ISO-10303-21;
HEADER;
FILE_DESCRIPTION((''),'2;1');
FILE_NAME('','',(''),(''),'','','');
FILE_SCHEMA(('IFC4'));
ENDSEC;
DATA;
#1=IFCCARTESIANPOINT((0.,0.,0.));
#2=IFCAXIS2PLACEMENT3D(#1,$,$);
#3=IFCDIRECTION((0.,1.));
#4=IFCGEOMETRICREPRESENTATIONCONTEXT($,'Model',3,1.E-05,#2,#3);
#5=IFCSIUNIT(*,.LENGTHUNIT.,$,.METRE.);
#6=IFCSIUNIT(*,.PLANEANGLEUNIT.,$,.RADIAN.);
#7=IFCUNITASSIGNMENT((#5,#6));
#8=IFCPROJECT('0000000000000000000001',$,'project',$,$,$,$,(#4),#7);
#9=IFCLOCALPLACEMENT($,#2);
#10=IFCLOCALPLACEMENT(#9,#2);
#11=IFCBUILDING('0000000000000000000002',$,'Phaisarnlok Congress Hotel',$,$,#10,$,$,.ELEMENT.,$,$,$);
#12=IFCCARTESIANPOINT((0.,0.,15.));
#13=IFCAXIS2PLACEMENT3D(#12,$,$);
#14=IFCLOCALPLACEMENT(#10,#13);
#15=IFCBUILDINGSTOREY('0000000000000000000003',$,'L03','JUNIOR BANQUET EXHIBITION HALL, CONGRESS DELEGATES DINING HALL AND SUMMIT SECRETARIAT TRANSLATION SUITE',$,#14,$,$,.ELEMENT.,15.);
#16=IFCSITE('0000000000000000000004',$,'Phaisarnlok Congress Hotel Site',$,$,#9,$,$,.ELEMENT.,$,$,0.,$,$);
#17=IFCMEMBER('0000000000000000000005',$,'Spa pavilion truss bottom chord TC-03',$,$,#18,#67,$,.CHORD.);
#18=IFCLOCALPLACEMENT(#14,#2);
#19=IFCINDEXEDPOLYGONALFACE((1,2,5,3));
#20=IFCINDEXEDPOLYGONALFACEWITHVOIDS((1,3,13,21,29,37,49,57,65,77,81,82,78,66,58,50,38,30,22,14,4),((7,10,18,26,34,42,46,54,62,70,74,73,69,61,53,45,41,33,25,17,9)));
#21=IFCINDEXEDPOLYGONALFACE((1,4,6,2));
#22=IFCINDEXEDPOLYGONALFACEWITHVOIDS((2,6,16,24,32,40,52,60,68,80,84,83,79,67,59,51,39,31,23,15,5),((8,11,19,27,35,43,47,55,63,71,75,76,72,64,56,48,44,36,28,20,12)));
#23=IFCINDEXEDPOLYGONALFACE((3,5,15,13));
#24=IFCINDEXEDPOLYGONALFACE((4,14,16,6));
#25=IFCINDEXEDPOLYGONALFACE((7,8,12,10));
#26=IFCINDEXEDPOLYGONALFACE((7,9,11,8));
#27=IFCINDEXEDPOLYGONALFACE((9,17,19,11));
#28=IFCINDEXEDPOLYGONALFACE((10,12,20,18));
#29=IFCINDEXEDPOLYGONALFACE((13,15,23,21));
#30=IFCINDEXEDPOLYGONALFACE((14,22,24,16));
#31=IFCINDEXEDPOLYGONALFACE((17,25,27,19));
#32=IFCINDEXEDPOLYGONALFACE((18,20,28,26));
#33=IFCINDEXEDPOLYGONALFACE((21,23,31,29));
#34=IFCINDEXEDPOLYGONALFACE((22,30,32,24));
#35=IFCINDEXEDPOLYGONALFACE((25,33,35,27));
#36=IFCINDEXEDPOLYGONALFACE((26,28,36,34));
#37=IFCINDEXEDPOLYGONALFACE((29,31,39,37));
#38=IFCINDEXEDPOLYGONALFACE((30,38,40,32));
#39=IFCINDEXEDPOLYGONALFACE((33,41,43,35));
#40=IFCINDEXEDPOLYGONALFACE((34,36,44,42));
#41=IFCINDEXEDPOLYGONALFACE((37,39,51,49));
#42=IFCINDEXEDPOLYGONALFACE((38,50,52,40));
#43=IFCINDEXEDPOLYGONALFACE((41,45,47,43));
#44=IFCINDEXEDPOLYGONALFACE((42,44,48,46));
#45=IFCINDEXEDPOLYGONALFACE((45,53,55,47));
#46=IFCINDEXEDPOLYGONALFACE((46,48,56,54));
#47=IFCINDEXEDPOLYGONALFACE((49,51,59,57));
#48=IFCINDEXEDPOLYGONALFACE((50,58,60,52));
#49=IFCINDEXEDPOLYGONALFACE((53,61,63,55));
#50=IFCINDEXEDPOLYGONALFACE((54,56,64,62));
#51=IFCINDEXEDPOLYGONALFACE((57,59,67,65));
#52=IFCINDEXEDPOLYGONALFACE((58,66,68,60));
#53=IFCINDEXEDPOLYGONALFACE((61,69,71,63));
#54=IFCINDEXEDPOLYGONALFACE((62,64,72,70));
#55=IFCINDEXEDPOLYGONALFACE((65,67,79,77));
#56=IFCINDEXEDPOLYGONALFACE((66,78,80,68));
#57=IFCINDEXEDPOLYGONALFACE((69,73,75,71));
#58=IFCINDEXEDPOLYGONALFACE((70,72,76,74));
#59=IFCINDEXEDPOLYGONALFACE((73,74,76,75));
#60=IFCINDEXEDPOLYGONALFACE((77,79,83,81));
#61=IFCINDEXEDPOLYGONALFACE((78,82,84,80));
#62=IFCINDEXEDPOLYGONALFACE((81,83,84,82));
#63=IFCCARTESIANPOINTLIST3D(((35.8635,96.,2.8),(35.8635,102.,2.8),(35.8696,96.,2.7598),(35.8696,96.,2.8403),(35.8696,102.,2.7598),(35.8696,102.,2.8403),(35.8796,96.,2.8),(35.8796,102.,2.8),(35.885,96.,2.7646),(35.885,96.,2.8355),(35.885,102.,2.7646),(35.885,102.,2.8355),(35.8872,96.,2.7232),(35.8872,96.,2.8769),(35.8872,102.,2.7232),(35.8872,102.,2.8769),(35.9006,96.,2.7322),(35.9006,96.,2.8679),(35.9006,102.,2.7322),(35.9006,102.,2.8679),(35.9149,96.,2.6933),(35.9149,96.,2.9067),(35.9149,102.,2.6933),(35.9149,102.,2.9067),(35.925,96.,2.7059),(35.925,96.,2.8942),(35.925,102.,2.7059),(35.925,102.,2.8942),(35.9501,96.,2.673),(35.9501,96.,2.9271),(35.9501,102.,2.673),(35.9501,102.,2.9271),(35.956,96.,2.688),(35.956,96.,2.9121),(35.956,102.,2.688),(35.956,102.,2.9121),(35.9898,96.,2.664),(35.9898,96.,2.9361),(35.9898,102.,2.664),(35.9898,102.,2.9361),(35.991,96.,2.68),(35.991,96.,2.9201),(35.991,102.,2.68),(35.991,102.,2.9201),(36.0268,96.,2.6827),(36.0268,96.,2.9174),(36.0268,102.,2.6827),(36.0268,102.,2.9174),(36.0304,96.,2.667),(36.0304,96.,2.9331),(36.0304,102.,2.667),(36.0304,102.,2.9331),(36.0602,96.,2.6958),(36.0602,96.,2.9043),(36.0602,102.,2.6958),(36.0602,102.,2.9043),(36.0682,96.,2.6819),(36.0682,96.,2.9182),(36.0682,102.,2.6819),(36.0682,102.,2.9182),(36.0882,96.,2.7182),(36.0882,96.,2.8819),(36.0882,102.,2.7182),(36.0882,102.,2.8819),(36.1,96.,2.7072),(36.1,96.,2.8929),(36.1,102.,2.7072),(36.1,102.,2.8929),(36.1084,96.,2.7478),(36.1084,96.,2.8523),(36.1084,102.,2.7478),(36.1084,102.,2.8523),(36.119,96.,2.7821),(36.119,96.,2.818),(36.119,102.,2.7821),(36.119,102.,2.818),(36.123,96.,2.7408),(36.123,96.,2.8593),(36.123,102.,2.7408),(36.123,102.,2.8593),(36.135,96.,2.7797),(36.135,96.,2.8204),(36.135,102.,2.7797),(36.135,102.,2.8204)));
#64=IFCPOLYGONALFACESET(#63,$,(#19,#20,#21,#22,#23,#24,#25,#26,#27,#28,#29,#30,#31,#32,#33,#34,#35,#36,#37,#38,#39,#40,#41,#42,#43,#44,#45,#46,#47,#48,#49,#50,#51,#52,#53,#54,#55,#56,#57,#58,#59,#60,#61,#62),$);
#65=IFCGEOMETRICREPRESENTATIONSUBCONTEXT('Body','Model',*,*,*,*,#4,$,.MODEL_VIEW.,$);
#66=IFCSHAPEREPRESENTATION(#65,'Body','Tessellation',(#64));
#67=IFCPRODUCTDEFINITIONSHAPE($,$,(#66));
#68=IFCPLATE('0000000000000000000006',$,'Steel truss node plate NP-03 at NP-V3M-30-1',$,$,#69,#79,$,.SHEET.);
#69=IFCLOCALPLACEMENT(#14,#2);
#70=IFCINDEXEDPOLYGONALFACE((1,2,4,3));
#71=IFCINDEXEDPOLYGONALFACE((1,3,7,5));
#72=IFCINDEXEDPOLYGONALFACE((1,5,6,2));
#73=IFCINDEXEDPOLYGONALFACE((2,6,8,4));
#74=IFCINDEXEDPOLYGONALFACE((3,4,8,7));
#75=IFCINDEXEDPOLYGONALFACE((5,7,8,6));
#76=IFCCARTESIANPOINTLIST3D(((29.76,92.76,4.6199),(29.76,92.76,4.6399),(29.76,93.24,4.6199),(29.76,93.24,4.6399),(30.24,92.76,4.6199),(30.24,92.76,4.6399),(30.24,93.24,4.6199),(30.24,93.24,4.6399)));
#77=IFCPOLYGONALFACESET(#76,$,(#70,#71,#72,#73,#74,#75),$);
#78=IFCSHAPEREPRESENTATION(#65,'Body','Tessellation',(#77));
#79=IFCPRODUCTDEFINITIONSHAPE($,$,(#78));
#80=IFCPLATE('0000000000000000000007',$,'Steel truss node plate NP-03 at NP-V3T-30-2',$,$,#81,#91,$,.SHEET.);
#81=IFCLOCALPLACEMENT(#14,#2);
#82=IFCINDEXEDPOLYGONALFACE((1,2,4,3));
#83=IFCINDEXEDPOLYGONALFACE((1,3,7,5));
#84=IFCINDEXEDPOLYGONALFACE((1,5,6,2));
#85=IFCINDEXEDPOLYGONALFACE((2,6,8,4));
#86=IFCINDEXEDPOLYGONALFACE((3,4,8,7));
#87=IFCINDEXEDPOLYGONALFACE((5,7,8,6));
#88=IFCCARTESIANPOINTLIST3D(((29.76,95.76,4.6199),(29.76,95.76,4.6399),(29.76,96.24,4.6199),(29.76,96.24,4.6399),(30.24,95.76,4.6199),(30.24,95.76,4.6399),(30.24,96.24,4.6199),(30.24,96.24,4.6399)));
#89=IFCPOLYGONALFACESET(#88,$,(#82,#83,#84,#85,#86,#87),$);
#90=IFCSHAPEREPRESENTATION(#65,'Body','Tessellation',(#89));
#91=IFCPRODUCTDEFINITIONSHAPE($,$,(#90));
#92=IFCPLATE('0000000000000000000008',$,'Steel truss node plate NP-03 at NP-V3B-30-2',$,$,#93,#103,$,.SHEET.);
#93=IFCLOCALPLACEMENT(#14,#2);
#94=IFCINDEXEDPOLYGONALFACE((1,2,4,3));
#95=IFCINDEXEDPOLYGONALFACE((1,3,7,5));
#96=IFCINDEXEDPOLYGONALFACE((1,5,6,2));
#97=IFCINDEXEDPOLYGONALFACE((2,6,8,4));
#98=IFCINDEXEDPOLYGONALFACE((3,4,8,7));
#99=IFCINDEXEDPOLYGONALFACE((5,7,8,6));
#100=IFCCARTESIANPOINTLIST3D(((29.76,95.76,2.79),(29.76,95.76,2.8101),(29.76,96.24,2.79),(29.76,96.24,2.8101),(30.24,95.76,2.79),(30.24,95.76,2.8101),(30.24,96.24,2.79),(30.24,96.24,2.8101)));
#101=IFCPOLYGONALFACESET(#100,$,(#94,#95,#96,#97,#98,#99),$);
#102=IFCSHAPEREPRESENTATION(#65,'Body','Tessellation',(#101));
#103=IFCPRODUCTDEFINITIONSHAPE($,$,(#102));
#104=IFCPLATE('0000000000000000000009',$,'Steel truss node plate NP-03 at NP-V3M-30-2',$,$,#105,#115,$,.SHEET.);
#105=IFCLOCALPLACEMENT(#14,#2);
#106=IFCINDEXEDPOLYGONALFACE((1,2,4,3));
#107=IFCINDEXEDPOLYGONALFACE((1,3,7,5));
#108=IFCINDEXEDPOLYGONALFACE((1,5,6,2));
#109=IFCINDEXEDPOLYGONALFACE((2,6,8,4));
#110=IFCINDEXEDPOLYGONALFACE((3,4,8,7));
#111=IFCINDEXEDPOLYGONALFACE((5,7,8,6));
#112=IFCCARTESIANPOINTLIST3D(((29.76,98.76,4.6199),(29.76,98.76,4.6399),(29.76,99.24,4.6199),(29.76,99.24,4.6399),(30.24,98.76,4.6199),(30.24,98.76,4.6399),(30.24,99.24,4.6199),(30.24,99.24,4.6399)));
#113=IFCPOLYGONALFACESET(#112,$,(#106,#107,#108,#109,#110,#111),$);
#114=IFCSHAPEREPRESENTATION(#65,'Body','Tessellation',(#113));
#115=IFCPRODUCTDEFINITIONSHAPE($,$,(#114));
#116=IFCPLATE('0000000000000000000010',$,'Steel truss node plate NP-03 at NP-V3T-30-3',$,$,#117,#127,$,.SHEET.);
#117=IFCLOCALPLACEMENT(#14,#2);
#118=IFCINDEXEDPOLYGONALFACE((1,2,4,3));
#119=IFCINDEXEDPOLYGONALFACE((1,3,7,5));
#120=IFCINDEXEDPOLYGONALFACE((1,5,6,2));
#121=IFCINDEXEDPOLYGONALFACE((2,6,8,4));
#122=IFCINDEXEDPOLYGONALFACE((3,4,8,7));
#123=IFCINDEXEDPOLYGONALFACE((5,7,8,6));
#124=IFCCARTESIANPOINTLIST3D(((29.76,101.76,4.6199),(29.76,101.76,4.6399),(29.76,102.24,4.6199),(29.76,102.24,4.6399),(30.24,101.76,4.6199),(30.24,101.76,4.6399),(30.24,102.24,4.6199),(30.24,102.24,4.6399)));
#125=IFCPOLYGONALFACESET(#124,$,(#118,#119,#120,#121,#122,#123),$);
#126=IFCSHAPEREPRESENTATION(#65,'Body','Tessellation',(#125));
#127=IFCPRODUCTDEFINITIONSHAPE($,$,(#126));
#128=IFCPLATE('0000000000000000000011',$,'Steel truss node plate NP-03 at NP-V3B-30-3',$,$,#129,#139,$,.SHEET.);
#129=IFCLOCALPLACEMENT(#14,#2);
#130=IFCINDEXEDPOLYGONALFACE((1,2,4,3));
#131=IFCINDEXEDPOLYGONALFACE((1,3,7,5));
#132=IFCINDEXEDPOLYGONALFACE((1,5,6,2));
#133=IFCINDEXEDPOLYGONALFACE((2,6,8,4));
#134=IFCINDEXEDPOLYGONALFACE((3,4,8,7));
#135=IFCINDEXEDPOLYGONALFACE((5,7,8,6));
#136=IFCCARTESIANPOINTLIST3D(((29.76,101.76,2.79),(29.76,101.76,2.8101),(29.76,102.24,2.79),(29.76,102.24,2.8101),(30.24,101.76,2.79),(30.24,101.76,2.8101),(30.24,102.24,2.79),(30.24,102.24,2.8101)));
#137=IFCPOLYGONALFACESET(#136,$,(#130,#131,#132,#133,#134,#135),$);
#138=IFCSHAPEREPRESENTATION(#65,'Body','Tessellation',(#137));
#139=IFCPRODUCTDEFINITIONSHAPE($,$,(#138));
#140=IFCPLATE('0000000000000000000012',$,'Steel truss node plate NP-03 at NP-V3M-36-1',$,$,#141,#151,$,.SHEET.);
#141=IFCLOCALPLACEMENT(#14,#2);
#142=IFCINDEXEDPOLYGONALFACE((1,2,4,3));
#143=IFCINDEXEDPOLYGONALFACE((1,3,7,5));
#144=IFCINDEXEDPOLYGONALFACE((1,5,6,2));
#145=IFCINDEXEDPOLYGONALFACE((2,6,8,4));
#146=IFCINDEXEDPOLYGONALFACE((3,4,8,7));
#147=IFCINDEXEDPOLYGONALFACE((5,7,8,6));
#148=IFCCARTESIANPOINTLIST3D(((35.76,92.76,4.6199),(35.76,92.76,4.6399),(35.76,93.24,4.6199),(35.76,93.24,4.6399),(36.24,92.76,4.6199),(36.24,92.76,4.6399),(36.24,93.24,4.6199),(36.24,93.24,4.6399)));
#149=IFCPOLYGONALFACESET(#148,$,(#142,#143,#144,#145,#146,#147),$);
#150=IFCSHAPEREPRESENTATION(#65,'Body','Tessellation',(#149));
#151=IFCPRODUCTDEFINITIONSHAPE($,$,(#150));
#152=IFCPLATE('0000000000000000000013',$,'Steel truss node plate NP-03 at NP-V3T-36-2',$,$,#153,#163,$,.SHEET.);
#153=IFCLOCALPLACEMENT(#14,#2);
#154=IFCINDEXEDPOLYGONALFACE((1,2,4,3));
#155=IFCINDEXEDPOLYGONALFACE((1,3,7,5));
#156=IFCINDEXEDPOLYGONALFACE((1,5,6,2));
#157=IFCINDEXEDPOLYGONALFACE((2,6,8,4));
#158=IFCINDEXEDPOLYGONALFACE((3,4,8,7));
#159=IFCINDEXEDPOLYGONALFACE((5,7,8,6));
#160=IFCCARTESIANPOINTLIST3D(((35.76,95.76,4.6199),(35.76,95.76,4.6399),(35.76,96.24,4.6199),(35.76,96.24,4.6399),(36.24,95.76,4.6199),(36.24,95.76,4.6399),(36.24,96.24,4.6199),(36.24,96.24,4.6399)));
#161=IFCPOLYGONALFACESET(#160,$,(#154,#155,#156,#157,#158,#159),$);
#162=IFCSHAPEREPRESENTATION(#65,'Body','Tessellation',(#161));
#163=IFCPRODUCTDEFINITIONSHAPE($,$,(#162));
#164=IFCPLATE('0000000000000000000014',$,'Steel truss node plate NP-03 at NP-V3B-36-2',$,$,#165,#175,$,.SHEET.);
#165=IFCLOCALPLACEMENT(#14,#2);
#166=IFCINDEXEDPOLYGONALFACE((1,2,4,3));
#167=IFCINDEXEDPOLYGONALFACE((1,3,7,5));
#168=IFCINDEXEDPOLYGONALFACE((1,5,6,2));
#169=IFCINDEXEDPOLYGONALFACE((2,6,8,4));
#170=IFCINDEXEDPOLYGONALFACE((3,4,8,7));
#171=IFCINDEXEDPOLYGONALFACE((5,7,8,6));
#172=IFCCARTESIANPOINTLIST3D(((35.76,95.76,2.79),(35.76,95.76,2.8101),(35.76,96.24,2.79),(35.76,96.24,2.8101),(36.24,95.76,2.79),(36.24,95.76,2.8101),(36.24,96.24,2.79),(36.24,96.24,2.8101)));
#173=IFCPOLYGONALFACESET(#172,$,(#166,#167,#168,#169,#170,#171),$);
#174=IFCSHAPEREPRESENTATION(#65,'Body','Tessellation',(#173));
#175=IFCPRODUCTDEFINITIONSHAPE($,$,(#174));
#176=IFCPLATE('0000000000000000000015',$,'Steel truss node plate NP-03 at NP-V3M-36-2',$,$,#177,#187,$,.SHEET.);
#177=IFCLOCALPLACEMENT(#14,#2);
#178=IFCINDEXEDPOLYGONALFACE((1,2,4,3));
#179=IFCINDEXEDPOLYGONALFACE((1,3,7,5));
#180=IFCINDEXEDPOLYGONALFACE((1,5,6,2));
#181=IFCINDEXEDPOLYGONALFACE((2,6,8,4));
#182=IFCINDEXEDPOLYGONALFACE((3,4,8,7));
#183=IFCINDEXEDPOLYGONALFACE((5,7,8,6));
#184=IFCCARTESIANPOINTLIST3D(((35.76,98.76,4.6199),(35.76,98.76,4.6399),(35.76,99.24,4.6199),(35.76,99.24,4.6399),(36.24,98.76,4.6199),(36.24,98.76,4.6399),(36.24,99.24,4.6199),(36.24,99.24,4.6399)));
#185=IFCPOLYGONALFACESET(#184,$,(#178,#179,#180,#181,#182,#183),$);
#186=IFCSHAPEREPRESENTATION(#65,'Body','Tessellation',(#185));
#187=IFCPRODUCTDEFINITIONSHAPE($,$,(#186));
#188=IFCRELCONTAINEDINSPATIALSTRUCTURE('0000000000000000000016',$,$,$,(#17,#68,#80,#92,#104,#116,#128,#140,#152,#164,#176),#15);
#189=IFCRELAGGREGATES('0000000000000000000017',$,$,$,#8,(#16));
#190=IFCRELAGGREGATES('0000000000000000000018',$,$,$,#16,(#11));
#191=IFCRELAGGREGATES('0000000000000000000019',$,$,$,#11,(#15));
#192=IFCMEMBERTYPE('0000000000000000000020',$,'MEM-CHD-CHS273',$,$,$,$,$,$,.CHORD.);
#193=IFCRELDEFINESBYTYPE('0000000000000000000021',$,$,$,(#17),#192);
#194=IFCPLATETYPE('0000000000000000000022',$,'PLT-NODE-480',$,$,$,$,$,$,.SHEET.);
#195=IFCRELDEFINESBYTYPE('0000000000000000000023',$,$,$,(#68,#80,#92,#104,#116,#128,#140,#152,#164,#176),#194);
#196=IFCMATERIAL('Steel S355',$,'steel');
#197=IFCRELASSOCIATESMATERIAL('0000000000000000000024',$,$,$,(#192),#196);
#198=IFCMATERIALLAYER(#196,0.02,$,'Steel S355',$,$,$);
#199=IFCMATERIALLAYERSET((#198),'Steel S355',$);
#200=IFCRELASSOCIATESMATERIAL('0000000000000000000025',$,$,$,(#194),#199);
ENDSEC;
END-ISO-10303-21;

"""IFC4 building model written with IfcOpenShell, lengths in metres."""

from ifc_helpers import new_model, si_unit, direction, frame, origin, origin_2d, place, context, subcontext, project, spatial, rectangle, hollow_circle, extrude, material, layer, layer_set, material_profile, profile_set, type_object, element, save


model = new_model("IFC4")

# Units and contexts
model_context = context("Model", 3, precision=1e-05, world=origin(), true_north=direction((0.0, 1.0)))
body_context = subcontext(model_context, "Body", "Model", "MODEL_VIEW")
ifc_project = project(units=[si_unit("LENGTHUNIT", "METRE"), si_unit("PLANEANGLEUNIT", "RADIAN")], contexts=[model_context])

# Site, building, storey
site_placement = place(None, origin())
site = spatial("IfcSite", under=ifc_project, at=site_placement, Name="Phaisarnlok Congress Hotel Site", CompositionType="ELEMENT", RefElevation=0.0)
building_placement = place(site_placement, origin())
building = spatial("IfcBuilding", under=site, at=building_placement, Name="Phaisarnlok Congress Hotel", CompositionType="ELEMENT")
storey_placement = place(building_placement, frame((0.0, 0.0, 15.0)))
storey = spatial("IfcBuildingStorey", under=building, at=storey_placement, Name="L03", Description="JUNIOR BANQUET EXHIBITION HALL, CONGRESS DELEGATES DINING HALL AND SUMMIT SECRETARIAT TRANSLATION SUITE", CompositionType="ELEMENT", Elevation=15.0)

# Member
ifc_material = material(Name="Steel S355", Category="steel")
ifc_material_profile_1 = material_profile(ifc_material, hollow_circle(Radius=0.1365, WallThickness=0.0161, at=origin_2d()), Name="CHS 273x16")
ifc_profile_set_1 = profile_set([ifc_material_profile_1], Name="Steel S355")
member_type_1 = type_object("IfcMemberType", Name="MEM-CHD-CHS273", PredefinedType="CHORD", material=ifc_profile_set_1)
for number, where, z_axis, x_axis, name in (
    (1, (36.0, 96.0, 2.8), (0.0, 1.0, 0.0), (-1.0, 0.0, 0.0), "Spa pavilion truss bottom chord TC-03"),
):
    element("IfcMember", number, at=place(storey_placement, frame(where, z_axis=z_axis, x_axis=x_axis)), inside=storey, type_object=member_type_1, Name=name, PredefinedType="CHORD", context=body_context, shape_type="SweptSolid", body=[
        extrude(hollow_circle(Radius=0.1365, WallThickness=0.0161, at=origin_2d()), origin(), (0.0, 0.0, 1.0), 6.0),
    ])

# Plates
ifc_layer = layer(ifc_material, 0.02, Name="Steel S355")
ifc_layer_set = layer_set([ifc_layer], Name="Steel S355")
plate_type = type_object("IfcPlateType", Name="PLT-NODE-480", PredefinedType="SHEET", material=ifc_layer_set)
for number, where, z_axis, x_axis, name in (
    (2, (30.0, 93.0, 4.6199), (0.0, 0.0, 1.0), (1.0, 0.0, 0.0), "Steel truss node plate NP-03 at NP-V3M-30-1"),
    (3, (30.0, 96.0, 4.6199), (0.0, 0.0, 1.0), (1.0, 0.0, 0.0), "Steel truss node plate NP-03 at NP-V3T-30-2"),
    (4, (30.0, 96.0, 2.79), (0.0, 0.0, 1.0), (1.0, 0.0, 0.0), "Steel truss node plate NP-03 at NP-V3B-30-2"),
    (5, (30.0, 99.0, 4.6199), (0.0, 0.0, 1.0), (1.0, 0.0, 0.0), "Steel truss node plate NP-03 at NP-V3M-30-2"),
    (6, (30.0, 102.0, 4.6199), (0.0, 0.0, 1.0), (1.0, 0.0, 0.0), "Steel truss node plate NP-03 at NP-V3T-30-3"),
    (7, (30.0, 102.0, 2.79), (0.0, 0.0, 1.0), (1.0, 0.0, 0.0), "Steel truss node plate NP-03 at NP-V3B-30-3"),
    (8, (36.0, 93.0, 4.6199), (0.0, 0.0, 1.0), (1.0, 0.0, 0.0), "Steel truss node plate NP-03 at NP-V3M-36-1"),
    (9, (36.0, 96.0, 4.6199), (0.0, 0.0, 1.0), (1.0, 0.0, 0.0), "Steel truss node plate NP-03 at NP-V3T-36-2"),
    (10, (36.0, 96.0, 2.79), (0.0, 0.0, 1.0), (1.0, 0.0, 0.0), "Steel truss node plate NP-03 at NP-V3B-36-2"),
    (11, (36.0, 99.0, 4.6199), (0.0, 0.0, 1.0), (1.0, 0.0, 0.0), "Steel truss node plate NP-03 at NP-V3M-36-2"),
):
    element("IfcPlate", number, at=place(storey_placement, frame(where, z_axis=z_axis, x_axis=x_axis)), inside=storey, type_object=plate_type, Name=name, PredefinedType="SHEET", context=body_context, shape_type="SweptSolid", body=[
        extrude(rectangle(XDim=0.48, YDim=0.48, at=origin_2d()), origin(), (0.0, 0.0, 1.0), 0.02),
    ])

save(model, "model.ifc")
